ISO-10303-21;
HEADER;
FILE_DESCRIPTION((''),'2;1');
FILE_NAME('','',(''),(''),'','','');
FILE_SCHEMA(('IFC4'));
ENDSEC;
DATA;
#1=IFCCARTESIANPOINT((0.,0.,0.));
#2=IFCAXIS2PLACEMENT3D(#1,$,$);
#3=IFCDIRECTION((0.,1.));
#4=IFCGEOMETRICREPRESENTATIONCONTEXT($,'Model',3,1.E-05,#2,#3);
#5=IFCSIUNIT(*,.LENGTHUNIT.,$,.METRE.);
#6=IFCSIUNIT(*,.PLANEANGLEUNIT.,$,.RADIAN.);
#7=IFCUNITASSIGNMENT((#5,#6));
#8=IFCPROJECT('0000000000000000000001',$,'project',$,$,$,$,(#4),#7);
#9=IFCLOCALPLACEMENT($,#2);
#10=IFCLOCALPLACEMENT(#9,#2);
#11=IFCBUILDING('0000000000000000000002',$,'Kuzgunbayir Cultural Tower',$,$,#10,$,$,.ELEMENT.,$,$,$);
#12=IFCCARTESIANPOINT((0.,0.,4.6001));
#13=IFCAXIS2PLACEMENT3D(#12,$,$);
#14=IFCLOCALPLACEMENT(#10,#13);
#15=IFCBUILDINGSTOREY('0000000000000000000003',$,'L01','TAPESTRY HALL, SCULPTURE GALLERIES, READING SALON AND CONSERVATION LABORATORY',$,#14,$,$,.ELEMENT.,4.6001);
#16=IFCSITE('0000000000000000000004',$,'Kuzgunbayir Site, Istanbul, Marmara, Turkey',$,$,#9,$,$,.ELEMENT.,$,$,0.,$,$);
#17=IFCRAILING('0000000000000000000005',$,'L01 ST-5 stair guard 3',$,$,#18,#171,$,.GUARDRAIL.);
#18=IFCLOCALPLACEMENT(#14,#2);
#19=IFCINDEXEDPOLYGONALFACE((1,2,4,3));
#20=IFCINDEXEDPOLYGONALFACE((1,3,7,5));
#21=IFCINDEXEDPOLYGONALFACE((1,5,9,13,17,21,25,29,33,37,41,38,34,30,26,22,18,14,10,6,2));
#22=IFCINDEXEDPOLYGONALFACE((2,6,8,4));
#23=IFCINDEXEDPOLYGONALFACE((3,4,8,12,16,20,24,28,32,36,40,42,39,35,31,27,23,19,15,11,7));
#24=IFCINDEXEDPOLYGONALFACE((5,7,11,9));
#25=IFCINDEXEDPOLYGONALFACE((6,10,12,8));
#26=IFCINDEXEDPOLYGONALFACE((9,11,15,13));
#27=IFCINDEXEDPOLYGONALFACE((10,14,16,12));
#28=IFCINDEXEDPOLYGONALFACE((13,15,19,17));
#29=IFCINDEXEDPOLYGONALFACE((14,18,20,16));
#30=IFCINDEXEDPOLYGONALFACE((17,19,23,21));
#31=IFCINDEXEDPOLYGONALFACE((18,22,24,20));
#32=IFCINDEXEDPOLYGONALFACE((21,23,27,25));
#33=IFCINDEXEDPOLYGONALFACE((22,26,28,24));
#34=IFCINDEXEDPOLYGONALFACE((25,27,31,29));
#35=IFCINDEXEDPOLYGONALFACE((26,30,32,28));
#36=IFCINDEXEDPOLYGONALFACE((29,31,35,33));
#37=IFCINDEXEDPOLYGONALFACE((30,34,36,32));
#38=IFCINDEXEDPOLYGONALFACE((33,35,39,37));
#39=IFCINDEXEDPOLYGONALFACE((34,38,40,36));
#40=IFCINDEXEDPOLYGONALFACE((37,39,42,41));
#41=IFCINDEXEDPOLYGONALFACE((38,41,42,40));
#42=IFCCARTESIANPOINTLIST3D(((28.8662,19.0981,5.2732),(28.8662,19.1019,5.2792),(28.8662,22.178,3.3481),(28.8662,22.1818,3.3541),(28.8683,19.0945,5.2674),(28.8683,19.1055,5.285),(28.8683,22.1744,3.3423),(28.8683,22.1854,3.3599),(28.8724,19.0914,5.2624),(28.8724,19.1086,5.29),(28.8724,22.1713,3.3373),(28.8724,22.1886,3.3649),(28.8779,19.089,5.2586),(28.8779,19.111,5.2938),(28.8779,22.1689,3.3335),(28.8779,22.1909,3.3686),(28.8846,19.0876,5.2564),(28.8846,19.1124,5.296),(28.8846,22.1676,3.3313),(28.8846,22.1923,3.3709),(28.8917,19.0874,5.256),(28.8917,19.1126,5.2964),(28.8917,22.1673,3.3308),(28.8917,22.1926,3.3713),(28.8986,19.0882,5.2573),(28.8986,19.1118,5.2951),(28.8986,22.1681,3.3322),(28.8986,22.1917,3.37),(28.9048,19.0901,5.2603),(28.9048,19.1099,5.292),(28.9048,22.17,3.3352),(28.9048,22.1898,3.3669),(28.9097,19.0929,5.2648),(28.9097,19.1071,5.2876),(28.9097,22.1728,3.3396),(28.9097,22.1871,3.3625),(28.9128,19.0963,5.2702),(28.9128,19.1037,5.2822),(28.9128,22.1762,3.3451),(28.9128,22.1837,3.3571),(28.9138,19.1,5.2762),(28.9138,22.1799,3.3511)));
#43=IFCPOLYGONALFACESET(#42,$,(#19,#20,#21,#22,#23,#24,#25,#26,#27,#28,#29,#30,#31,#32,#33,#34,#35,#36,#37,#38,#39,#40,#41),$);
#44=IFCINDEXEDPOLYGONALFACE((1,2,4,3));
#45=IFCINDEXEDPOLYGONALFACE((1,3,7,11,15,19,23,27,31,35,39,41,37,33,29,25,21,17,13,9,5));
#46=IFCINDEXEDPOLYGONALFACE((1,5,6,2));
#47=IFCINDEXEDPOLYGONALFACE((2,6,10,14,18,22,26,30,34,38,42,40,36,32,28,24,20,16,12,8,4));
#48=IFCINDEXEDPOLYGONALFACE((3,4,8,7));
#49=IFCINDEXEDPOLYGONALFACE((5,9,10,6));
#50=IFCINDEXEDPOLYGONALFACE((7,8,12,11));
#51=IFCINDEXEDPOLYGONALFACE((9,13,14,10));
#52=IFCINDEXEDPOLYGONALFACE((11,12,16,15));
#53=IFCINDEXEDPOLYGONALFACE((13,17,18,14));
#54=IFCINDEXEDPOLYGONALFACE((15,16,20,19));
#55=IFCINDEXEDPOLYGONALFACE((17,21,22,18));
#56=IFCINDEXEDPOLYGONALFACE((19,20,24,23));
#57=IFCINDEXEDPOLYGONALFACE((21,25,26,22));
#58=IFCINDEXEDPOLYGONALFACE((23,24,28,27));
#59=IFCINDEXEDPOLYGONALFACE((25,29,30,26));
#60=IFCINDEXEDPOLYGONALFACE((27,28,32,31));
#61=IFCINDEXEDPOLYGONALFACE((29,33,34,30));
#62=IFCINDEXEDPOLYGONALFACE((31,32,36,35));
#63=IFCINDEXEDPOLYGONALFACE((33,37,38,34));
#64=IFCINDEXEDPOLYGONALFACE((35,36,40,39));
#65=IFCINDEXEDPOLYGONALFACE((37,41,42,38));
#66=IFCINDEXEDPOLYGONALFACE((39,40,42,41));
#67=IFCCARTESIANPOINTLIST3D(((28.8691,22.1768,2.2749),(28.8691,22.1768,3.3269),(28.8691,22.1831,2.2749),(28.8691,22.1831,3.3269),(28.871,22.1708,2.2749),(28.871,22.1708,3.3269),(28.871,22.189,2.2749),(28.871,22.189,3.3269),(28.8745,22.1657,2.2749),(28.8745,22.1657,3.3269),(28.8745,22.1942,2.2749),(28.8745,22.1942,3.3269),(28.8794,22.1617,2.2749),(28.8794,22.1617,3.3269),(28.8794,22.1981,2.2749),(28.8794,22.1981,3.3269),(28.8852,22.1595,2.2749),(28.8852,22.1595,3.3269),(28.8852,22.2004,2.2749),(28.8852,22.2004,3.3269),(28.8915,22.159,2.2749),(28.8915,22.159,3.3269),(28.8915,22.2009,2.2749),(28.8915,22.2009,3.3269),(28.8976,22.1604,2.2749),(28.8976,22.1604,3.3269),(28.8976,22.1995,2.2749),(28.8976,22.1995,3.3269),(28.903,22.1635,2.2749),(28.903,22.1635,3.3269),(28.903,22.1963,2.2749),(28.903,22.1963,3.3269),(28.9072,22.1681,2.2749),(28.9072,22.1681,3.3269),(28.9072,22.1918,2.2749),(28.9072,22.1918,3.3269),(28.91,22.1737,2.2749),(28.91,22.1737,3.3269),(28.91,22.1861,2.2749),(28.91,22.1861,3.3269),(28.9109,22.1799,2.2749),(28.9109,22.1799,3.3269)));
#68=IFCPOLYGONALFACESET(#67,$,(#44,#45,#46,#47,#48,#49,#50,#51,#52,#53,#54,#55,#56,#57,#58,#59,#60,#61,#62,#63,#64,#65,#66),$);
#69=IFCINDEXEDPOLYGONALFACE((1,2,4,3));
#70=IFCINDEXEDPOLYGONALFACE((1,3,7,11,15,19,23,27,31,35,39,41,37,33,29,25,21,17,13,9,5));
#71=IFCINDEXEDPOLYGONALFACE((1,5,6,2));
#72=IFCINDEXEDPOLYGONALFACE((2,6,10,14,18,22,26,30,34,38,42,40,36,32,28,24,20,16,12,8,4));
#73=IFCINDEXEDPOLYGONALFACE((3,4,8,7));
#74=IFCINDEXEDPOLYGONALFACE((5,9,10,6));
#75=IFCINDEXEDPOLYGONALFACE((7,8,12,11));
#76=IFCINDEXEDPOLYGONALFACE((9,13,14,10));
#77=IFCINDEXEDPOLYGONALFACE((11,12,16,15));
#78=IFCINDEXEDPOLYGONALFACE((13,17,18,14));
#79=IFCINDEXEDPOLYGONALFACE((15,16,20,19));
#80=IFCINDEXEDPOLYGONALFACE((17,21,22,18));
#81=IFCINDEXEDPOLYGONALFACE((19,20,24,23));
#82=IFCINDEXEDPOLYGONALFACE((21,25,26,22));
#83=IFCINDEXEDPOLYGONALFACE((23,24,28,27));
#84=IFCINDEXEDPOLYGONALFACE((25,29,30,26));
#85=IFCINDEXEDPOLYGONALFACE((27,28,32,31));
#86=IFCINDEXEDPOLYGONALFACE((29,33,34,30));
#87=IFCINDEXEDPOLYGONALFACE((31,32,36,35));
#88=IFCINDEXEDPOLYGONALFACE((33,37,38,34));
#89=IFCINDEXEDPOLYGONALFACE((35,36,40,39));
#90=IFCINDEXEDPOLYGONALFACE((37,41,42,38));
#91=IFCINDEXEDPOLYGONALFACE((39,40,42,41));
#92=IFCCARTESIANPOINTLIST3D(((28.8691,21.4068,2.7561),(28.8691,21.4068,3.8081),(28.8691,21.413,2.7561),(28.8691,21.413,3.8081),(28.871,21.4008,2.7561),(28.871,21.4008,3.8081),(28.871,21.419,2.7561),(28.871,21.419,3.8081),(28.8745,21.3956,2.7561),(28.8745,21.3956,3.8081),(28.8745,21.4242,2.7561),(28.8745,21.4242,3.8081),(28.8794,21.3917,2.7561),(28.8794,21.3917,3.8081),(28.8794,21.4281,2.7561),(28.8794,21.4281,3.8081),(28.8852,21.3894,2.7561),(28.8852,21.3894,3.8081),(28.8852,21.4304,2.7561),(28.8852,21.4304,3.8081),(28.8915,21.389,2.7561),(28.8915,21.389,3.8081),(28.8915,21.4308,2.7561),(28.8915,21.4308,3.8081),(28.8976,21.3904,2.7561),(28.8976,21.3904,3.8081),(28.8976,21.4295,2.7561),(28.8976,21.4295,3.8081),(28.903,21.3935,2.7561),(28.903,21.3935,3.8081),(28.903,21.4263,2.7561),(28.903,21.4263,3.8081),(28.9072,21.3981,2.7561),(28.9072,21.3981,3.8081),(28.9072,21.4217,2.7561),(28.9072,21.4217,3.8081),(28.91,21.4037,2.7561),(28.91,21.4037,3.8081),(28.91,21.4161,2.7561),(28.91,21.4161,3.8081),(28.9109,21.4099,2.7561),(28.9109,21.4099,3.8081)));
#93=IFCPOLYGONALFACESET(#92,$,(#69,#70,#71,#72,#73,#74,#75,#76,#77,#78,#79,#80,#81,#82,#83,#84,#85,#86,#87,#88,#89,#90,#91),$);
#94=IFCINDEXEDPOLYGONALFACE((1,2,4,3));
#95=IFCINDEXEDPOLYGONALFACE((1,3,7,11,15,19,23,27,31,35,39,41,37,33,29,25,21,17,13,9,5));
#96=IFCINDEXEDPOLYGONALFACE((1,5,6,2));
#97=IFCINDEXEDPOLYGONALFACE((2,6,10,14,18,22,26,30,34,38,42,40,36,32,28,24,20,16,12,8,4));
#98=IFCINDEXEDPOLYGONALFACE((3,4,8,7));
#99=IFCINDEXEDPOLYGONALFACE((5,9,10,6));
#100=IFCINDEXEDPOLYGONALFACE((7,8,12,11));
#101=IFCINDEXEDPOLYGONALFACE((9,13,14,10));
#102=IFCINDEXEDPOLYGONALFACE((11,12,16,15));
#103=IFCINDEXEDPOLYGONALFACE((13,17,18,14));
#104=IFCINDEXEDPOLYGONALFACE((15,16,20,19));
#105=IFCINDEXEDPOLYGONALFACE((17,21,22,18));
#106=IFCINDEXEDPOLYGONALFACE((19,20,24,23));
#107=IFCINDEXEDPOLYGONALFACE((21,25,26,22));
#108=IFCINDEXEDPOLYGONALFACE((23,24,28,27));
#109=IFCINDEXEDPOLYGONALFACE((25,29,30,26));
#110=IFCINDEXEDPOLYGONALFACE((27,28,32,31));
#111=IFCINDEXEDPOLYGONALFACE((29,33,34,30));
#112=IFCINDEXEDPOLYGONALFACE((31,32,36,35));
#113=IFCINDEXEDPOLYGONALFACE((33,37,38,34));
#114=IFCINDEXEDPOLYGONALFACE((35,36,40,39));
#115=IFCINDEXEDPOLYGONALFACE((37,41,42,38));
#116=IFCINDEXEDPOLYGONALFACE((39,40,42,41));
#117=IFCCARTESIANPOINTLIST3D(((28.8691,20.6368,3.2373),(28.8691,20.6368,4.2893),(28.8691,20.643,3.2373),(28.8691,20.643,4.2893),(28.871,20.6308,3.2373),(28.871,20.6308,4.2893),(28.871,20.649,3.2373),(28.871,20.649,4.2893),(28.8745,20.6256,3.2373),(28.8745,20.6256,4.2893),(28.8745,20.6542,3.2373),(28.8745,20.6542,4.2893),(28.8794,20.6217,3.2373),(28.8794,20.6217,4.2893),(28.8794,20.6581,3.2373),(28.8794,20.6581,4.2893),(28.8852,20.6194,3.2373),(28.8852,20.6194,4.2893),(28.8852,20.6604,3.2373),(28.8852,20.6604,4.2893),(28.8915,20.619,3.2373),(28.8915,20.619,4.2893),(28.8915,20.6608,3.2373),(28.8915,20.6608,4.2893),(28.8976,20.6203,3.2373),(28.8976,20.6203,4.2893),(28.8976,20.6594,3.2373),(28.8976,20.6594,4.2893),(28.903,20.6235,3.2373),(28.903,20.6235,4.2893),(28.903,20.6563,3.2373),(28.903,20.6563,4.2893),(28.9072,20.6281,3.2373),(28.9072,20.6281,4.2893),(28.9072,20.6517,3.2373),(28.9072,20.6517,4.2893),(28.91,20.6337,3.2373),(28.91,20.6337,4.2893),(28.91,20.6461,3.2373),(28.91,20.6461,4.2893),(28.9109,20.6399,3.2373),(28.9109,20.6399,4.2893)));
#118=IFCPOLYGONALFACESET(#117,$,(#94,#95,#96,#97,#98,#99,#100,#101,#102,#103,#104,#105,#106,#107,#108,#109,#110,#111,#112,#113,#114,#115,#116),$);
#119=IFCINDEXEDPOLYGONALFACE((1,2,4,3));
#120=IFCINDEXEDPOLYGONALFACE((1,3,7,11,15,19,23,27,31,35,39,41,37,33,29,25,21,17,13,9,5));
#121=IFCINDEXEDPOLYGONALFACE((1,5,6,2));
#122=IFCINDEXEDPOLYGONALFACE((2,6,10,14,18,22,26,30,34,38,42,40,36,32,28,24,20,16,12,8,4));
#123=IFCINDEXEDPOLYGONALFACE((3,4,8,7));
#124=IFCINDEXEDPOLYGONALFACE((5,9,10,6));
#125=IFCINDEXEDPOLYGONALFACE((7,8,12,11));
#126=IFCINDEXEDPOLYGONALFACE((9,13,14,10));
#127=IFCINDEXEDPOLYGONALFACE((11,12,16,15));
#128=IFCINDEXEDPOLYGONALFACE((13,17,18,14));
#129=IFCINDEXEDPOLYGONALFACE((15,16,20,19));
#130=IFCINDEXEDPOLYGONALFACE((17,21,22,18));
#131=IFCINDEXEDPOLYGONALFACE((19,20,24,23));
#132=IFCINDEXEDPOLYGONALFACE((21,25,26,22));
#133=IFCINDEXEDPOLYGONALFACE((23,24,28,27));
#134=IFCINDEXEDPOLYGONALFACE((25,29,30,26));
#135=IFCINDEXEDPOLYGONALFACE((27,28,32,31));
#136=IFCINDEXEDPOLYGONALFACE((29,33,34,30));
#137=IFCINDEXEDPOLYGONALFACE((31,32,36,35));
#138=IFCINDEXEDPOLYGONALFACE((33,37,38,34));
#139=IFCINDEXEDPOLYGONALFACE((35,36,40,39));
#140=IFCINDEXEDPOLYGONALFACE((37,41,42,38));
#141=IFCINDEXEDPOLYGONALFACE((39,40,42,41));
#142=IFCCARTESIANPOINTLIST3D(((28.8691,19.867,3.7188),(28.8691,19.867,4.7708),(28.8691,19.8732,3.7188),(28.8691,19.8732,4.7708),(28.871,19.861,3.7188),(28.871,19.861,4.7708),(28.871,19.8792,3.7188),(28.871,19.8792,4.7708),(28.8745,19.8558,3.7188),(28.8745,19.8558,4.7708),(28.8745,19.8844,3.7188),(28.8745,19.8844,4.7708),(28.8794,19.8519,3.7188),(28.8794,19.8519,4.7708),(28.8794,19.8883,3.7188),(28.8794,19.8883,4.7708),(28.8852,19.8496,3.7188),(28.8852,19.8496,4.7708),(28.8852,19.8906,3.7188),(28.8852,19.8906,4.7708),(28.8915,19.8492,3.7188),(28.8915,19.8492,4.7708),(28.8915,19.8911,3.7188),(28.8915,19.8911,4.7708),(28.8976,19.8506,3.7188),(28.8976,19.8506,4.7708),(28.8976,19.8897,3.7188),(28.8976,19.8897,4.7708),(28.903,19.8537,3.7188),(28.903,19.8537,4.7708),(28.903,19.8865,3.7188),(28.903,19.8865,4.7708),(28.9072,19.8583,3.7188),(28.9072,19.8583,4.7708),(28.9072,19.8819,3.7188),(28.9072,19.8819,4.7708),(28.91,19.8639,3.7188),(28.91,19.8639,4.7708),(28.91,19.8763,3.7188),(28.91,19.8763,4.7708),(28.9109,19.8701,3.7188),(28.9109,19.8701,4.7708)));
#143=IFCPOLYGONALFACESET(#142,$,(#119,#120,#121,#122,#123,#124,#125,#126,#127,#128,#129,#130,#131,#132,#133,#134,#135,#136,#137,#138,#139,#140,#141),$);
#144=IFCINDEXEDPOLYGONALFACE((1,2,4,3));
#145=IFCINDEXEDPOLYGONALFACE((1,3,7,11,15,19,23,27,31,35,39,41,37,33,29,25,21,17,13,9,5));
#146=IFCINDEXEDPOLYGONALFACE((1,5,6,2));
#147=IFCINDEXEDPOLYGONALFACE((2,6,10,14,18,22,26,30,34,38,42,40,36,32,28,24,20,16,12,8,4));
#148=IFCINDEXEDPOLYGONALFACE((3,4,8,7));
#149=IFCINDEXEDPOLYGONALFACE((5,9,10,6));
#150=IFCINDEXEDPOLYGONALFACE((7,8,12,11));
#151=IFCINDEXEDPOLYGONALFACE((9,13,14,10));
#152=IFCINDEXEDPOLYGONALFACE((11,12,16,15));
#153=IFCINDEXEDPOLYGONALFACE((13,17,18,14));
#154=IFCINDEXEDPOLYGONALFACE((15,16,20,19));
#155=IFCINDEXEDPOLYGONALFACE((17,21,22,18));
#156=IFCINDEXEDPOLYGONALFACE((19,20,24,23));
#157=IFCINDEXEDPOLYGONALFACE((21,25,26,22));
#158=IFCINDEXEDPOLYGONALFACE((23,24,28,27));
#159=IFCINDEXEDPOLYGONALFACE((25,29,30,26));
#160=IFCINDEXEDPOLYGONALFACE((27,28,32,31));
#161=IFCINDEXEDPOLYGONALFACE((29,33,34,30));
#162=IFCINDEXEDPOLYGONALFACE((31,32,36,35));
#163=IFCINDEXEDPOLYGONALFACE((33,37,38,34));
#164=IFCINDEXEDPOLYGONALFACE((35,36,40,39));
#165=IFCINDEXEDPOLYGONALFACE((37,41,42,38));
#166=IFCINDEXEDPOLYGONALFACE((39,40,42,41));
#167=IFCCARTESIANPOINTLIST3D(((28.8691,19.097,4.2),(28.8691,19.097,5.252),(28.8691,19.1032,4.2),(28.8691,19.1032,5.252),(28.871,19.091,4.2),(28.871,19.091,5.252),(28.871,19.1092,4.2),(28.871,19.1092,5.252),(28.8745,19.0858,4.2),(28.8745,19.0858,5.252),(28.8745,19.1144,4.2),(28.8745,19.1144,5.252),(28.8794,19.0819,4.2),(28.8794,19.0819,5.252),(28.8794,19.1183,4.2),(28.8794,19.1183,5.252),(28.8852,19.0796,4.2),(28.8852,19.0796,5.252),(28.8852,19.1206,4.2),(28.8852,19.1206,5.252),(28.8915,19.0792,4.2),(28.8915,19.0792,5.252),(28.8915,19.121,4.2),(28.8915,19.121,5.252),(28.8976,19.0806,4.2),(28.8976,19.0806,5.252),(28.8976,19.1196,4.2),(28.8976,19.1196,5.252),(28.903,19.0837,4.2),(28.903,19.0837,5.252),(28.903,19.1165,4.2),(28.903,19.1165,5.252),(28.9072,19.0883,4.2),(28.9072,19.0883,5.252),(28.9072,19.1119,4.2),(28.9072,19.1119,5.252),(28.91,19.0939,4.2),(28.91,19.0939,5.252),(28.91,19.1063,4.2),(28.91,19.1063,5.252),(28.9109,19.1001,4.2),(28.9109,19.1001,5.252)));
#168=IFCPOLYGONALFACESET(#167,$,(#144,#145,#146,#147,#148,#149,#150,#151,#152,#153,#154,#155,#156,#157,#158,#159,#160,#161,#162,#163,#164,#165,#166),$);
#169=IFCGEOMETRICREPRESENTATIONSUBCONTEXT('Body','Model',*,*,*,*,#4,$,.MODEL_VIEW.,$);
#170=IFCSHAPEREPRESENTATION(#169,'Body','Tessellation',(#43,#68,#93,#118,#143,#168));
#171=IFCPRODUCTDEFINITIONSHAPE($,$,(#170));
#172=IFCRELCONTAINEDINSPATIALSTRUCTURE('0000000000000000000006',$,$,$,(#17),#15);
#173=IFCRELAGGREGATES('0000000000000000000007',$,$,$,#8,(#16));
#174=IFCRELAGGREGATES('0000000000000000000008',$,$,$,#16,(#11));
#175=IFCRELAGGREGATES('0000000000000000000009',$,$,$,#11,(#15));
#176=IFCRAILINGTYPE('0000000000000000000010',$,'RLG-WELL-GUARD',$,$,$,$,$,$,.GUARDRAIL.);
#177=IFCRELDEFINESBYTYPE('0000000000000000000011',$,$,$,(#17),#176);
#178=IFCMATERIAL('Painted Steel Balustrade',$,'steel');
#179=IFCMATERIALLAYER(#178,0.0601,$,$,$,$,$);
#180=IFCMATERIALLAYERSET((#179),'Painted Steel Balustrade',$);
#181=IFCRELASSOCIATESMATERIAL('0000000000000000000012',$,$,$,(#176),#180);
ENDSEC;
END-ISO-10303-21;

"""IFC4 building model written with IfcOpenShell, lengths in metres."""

from ifc_helpers import new_model, si_unit, direction, frame, origin, origin_2d, place, context, subcontext, project, spatial, circle, extrude, material, layer, layer_set, type_object, element, save


model = new_model("IFC4")

# Units and contexts
model_context = context("Model", 3, precision=1e-05, world=origin(), true_north=direction((0.0, 1.0)))
body_context = subcontext(model_context, "Body", "Model", "MODEL_VIEW")
ifc_project = project(units=[si_unit("LENGTHUNIT", "METRE"), si_unit("PLANEANGLEUNIT", "RADIAN")], contexts=[model_context])

# Site, building, storey
site_placement = place(None, origin())
site = spatial("IfcSite", under=ifc_project, at=site_placement, Name="Kuzgunbayir Site, Istanbul, Marmara, Turkey", CompositionType="ELEMENT", RefElevation=0.0)
building_placement = place(site_placement, origin())
building = spatial("IfcBuilding", under=site, at=building_placement, Name="Kuzgunbayir Cultural Tower", CompositionType="ELEMENT")
storey_placement = place(building_placement, frame((0.0, 0.0, 4.6001)))
storey = spatial("IfcBuildingStorey", under=building, at=storey_placement, Name="L01", Description="TAPESTRY HALL, SCULPTURE GALLERIES, READING SALON AND CONSERVATION LABORATORY", CompositionType="ELEMENT", Elevation=4.6001)

# Railing
ifc_material_1 = material(Name="Painted Steel Balustrade", Category="steel")
ifc_layer_1 = layer(ifc_material_1, 0.0601)
ifc_layer_set_1 = layer_set([ifc_layer_1], Name="Painted Steel Balustrade")
railing_type_1 = type_object("IfcRailingType", Name="RLG-WELL-GUARD", PredefinedType="GUARDRAIL", material=ifc_layer_set_1)
railing_1_placement = place(storey_placement, frame((28.8899, 22.1799, 2.2749)))
element("IfcRailing", 1, at=railing_1_placement, inside=storey, type_object=railing_type_1, Name="L01 ST-5 stair guard 3", PredefinedType="GUARDRAIL", context=body_context, shape_type="SweptSolid", body=[
    extrude(circle(Radius=0.0239, at=origin_2d()), frame((0.0, 0.0, 1.0762), z_axis=(0.0, -0.847979, 0.530029), x_axis=(1.0, 0.0, 0.0)), (0.0, 0.0, 1.0), 3.6321),
    extrude(circle(Radius=0.021, at=origin_2d()), origin(), (0.0, 0.0, 1.0), 1.052),
    extrude(circle(Radius=0.021, at=origin_2d()), frame((0.0, -0.77, 0.4812)), (0.0, 0.0, 1.0), 1.052),
    extrude(circle(Radius=0.021, at=origin_2d()), frame((0.0, -1.54, 0.9624)), (0.0, 0.0, 1.0), 1.052),
    extrude(circle(Radius=0.021, at=origin_2d()), frame((0.0, -2.3098, 1.4438)), (0.0, 0.0, 1.0), 1.052),
    extrude(circle(Radius=0.021, at=origin_2d()), frame((0.0, -3.0798, 1.925)), (0.0, 0.0, 1.0), 1.052),
])

save(model, "model.ifc")
